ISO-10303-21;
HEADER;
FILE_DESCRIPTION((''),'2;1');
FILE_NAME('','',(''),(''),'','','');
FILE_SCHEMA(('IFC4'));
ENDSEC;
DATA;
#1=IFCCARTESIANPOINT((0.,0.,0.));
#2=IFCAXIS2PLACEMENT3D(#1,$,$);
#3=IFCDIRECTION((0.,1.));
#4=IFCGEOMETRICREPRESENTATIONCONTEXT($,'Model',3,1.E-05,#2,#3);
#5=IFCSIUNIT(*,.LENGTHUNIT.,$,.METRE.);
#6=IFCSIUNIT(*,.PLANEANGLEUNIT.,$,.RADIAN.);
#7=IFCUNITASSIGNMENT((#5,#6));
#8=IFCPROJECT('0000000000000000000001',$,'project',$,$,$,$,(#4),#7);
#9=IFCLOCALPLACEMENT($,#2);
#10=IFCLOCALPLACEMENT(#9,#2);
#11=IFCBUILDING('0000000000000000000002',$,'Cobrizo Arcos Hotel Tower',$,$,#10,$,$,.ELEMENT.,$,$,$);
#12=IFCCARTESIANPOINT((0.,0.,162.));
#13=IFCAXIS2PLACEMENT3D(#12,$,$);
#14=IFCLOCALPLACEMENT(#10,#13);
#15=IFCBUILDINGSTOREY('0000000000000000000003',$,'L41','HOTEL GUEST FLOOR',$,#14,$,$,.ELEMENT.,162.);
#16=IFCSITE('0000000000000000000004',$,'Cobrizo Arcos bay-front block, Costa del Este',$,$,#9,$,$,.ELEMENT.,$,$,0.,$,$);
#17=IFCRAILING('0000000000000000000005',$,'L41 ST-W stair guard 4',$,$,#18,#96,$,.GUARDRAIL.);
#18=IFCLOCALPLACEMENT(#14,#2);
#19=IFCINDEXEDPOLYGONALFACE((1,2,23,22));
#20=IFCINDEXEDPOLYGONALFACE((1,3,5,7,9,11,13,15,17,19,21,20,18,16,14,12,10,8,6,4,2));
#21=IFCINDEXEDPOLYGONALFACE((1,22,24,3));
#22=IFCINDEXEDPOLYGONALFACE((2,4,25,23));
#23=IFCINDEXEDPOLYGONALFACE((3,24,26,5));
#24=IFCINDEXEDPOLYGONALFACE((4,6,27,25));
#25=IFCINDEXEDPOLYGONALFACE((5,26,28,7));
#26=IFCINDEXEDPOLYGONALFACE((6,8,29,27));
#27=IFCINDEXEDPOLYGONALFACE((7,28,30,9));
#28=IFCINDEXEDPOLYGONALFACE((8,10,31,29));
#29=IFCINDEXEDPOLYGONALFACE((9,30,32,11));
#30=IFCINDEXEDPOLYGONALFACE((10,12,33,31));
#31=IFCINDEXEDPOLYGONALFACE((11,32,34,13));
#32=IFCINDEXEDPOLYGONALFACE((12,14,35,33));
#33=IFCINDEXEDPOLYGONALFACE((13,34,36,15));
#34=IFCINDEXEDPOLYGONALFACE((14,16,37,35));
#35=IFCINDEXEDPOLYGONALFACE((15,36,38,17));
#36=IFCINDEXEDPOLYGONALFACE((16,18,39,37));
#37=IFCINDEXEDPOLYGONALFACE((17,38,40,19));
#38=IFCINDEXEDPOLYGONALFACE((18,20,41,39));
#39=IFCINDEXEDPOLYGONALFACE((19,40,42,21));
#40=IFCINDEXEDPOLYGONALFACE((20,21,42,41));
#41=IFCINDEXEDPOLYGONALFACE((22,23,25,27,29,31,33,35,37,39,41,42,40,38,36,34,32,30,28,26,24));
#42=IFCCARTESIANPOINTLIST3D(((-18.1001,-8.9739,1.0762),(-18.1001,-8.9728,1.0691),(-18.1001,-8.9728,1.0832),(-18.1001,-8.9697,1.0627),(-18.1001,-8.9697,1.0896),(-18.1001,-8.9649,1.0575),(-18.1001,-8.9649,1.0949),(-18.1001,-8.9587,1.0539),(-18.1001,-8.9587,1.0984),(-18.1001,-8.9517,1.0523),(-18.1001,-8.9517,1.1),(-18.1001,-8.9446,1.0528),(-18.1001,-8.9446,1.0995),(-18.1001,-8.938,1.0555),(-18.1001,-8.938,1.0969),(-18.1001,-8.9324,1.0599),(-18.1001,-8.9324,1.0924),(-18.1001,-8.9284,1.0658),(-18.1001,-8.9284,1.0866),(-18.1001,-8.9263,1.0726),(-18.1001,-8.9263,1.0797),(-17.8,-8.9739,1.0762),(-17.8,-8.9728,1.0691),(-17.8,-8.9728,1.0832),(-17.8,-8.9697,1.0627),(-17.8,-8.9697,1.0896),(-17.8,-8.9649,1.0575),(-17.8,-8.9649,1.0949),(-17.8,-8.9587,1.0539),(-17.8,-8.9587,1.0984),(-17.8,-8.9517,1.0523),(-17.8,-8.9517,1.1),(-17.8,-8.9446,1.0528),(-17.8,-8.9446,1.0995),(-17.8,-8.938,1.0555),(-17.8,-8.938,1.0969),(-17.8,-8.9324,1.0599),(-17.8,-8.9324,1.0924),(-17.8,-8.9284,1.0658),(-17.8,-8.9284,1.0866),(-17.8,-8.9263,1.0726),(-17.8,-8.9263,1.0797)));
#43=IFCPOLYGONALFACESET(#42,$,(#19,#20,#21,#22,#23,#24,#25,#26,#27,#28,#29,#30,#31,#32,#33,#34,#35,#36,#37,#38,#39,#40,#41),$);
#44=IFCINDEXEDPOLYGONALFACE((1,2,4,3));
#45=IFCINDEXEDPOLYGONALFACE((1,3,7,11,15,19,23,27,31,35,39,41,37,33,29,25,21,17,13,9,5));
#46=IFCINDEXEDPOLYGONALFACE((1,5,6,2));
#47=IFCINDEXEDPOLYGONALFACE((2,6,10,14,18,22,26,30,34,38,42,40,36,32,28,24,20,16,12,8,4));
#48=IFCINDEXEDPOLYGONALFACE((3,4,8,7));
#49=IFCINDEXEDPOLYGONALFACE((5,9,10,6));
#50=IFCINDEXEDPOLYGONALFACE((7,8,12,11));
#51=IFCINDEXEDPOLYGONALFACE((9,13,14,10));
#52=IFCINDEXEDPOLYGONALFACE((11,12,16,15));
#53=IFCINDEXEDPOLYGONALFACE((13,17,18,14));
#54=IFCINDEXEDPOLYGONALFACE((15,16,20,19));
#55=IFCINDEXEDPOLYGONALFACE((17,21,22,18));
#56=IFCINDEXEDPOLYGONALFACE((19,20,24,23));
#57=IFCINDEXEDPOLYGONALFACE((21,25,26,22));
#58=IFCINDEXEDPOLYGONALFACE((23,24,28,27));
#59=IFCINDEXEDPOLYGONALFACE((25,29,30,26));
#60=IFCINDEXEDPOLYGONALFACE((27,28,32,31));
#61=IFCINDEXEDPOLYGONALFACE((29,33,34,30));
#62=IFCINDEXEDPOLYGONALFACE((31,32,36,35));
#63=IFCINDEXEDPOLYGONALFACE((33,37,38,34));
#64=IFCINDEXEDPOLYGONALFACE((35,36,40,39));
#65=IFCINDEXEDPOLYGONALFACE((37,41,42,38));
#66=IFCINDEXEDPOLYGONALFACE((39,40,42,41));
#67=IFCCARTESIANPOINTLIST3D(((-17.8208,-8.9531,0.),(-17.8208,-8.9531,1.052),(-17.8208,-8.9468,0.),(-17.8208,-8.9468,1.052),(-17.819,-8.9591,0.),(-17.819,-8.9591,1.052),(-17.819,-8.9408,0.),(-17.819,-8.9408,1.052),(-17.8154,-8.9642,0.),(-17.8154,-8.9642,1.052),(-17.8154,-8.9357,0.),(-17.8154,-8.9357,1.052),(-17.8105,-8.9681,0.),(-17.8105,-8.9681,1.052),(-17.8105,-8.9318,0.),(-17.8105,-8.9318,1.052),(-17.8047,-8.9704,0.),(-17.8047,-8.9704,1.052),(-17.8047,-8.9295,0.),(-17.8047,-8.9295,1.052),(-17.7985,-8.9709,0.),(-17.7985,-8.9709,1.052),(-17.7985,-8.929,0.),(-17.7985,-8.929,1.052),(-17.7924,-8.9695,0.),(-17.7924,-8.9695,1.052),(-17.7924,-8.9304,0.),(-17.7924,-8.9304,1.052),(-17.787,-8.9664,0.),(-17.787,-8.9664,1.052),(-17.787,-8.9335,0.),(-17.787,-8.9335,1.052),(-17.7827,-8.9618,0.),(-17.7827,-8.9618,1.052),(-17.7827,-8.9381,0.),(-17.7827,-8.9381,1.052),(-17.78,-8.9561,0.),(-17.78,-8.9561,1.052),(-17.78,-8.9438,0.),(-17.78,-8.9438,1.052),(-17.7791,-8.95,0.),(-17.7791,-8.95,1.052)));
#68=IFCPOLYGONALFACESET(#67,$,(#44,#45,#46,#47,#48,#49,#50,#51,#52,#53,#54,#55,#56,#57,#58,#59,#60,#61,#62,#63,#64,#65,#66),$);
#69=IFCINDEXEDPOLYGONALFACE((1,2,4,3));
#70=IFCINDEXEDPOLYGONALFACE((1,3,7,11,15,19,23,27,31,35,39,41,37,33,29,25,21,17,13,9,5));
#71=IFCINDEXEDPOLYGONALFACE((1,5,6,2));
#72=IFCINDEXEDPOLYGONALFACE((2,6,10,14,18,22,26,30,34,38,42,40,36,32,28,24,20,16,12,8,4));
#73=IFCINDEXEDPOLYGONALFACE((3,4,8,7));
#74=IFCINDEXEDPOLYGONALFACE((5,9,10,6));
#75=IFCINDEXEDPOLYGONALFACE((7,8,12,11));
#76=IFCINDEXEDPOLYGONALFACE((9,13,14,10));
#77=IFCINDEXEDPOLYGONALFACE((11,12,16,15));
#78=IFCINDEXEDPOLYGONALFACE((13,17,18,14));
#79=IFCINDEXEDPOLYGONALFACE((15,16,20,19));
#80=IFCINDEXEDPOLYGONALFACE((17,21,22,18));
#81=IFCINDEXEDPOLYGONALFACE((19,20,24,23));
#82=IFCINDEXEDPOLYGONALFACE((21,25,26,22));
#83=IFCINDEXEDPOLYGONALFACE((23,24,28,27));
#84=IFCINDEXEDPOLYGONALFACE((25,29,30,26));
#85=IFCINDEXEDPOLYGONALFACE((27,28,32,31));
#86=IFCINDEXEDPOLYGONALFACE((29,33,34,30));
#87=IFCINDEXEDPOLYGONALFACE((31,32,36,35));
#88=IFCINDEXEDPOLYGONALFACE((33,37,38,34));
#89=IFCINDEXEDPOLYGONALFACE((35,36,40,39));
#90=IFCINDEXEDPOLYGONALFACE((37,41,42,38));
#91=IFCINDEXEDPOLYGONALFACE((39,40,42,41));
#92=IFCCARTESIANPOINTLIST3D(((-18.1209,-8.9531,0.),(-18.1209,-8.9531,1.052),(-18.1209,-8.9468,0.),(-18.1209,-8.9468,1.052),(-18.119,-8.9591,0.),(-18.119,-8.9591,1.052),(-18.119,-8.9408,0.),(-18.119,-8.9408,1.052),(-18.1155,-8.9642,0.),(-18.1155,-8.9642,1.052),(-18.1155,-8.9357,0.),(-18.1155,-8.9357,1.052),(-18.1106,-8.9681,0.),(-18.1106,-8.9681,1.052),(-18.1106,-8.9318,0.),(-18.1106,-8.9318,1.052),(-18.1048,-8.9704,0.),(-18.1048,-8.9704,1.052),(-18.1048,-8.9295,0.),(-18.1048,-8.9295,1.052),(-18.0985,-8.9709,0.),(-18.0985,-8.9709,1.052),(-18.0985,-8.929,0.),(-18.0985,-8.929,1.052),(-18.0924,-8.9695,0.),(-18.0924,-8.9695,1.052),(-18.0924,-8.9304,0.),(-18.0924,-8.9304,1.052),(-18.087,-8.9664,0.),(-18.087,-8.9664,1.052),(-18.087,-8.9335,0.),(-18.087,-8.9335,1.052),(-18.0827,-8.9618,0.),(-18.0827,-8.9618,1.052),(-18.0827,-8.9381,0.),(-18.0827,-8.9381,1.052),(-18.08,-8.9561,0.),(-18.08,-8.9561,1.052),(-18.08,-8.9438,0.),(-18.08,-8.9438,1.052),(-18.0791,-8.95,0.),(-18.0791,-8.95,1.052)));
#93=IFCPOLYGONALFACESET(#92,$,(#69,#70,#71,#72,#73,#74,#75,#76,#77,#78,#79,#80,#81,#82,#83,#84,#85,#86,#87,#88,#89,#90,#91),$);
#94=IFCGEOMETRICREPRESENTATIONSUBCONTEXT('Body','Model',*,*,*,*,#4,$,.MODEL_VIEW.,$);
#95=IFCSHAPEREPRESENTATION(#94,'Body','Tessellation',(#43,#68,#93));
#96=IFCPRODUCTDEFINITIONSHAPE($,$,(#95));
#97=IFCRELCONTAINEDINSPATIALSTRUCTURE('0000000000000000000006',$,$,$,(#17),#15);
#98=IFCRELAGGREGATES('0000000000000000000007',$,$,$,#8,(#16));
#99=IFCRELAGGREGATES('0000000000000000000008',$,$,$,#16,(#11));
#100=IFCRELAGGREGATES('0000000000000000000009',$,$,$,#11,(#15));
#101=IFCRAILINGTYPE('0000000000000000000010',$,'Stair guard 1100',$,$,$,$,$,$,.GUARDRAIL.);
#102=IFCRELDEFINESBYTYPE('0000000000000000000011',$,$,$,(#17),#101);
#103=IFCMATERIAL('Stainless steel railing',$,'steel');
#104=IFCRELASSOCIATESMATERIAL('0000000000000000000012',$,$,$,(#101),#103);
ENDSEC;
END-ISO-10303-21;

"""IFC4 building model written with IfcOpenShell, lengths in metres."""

from ifc_helpers import new_model, si_unit, direction, frame, origin, origin_2d, place, context, subcontext, project, spatial, circle, extrude, material, type_object, element, save


model = new_model("IFC4")

# Units and contexts
model_context = context("Model", 3, precision=1e-05, world=origin(), true_north=direction((0.0, 1.0)))
body_context = subcontext(model_context, "Body", "Model", "MODEL_VIEW")
ifc_project = project(units=[si_unit("LENGTHUNIT", "METRE"), si_unit("PLANEANGLEUNIT", "RADIAN")], contexts=[model_context])

# Site, building, storey
site_placement = place(None, origin())
site = spatial("IfcSite", under=ifc_project, at=site_placement, Name="Cobrizo Arcos bay-front block, Costa del Este", CompositionType="ELEMENT", RefElevation=0.0)
building_placement = place(site_placement, origin())
building = spatial("IfcBuilding", under=site, at=building_placement, Name="Cobrizo Arcos Hotel Tower", CompositionType="ELEMENT")
storey_placement = place(building_placement, frame((0.0, 0.0, 162.0)))
storey = spatial("IfcBuildingStorey", under=building, at=storey_placement, Name="L41", Description="HOTEL GUEST FLOOR", CompositionType="ELEMENT", Elevation=162.0)

# Railing
ifc_material_1 = material(Name="Stainless steel railing", Category="steel")
railing_type = type_object("IfcRailingType", Name="Stair guard 1100", PredefinedType="GUARDRAIL", material=ifc_material_1)
railing_placement = place(storey_placement, frame((-17.8, -8.95, 0.0)))
element("IfcRailing", 1, at=railing_placement, inside=storey, type_object=railing_type, Name="L41 ST-W stair guard 4", PredefinedType="GUARDRAIL", context=body_context, shape_type="SweptSolid", body=[
    extrude(circle(Radius=0.0239, at=origin_2d()), frame((0.0, 0.0, 1.0762), z_axis=(-1.0, 0.0, 0.0), x_axis=(0.0, -1.0, 0.0)), (0.0, 0.0, 1.0), 0.3),
    extrude(circle(Radius=0.021, at=origin_2d()), origin(), (0.0, 0.0, 1.0), 1.052),
    extrude(circle(Radius=0.021, at=origin_2d()), frame((-0.3, 0.0, 0.0)), (0.0, 0.0, 1.0), 1.052),
])

save(model, "model.ifc")
